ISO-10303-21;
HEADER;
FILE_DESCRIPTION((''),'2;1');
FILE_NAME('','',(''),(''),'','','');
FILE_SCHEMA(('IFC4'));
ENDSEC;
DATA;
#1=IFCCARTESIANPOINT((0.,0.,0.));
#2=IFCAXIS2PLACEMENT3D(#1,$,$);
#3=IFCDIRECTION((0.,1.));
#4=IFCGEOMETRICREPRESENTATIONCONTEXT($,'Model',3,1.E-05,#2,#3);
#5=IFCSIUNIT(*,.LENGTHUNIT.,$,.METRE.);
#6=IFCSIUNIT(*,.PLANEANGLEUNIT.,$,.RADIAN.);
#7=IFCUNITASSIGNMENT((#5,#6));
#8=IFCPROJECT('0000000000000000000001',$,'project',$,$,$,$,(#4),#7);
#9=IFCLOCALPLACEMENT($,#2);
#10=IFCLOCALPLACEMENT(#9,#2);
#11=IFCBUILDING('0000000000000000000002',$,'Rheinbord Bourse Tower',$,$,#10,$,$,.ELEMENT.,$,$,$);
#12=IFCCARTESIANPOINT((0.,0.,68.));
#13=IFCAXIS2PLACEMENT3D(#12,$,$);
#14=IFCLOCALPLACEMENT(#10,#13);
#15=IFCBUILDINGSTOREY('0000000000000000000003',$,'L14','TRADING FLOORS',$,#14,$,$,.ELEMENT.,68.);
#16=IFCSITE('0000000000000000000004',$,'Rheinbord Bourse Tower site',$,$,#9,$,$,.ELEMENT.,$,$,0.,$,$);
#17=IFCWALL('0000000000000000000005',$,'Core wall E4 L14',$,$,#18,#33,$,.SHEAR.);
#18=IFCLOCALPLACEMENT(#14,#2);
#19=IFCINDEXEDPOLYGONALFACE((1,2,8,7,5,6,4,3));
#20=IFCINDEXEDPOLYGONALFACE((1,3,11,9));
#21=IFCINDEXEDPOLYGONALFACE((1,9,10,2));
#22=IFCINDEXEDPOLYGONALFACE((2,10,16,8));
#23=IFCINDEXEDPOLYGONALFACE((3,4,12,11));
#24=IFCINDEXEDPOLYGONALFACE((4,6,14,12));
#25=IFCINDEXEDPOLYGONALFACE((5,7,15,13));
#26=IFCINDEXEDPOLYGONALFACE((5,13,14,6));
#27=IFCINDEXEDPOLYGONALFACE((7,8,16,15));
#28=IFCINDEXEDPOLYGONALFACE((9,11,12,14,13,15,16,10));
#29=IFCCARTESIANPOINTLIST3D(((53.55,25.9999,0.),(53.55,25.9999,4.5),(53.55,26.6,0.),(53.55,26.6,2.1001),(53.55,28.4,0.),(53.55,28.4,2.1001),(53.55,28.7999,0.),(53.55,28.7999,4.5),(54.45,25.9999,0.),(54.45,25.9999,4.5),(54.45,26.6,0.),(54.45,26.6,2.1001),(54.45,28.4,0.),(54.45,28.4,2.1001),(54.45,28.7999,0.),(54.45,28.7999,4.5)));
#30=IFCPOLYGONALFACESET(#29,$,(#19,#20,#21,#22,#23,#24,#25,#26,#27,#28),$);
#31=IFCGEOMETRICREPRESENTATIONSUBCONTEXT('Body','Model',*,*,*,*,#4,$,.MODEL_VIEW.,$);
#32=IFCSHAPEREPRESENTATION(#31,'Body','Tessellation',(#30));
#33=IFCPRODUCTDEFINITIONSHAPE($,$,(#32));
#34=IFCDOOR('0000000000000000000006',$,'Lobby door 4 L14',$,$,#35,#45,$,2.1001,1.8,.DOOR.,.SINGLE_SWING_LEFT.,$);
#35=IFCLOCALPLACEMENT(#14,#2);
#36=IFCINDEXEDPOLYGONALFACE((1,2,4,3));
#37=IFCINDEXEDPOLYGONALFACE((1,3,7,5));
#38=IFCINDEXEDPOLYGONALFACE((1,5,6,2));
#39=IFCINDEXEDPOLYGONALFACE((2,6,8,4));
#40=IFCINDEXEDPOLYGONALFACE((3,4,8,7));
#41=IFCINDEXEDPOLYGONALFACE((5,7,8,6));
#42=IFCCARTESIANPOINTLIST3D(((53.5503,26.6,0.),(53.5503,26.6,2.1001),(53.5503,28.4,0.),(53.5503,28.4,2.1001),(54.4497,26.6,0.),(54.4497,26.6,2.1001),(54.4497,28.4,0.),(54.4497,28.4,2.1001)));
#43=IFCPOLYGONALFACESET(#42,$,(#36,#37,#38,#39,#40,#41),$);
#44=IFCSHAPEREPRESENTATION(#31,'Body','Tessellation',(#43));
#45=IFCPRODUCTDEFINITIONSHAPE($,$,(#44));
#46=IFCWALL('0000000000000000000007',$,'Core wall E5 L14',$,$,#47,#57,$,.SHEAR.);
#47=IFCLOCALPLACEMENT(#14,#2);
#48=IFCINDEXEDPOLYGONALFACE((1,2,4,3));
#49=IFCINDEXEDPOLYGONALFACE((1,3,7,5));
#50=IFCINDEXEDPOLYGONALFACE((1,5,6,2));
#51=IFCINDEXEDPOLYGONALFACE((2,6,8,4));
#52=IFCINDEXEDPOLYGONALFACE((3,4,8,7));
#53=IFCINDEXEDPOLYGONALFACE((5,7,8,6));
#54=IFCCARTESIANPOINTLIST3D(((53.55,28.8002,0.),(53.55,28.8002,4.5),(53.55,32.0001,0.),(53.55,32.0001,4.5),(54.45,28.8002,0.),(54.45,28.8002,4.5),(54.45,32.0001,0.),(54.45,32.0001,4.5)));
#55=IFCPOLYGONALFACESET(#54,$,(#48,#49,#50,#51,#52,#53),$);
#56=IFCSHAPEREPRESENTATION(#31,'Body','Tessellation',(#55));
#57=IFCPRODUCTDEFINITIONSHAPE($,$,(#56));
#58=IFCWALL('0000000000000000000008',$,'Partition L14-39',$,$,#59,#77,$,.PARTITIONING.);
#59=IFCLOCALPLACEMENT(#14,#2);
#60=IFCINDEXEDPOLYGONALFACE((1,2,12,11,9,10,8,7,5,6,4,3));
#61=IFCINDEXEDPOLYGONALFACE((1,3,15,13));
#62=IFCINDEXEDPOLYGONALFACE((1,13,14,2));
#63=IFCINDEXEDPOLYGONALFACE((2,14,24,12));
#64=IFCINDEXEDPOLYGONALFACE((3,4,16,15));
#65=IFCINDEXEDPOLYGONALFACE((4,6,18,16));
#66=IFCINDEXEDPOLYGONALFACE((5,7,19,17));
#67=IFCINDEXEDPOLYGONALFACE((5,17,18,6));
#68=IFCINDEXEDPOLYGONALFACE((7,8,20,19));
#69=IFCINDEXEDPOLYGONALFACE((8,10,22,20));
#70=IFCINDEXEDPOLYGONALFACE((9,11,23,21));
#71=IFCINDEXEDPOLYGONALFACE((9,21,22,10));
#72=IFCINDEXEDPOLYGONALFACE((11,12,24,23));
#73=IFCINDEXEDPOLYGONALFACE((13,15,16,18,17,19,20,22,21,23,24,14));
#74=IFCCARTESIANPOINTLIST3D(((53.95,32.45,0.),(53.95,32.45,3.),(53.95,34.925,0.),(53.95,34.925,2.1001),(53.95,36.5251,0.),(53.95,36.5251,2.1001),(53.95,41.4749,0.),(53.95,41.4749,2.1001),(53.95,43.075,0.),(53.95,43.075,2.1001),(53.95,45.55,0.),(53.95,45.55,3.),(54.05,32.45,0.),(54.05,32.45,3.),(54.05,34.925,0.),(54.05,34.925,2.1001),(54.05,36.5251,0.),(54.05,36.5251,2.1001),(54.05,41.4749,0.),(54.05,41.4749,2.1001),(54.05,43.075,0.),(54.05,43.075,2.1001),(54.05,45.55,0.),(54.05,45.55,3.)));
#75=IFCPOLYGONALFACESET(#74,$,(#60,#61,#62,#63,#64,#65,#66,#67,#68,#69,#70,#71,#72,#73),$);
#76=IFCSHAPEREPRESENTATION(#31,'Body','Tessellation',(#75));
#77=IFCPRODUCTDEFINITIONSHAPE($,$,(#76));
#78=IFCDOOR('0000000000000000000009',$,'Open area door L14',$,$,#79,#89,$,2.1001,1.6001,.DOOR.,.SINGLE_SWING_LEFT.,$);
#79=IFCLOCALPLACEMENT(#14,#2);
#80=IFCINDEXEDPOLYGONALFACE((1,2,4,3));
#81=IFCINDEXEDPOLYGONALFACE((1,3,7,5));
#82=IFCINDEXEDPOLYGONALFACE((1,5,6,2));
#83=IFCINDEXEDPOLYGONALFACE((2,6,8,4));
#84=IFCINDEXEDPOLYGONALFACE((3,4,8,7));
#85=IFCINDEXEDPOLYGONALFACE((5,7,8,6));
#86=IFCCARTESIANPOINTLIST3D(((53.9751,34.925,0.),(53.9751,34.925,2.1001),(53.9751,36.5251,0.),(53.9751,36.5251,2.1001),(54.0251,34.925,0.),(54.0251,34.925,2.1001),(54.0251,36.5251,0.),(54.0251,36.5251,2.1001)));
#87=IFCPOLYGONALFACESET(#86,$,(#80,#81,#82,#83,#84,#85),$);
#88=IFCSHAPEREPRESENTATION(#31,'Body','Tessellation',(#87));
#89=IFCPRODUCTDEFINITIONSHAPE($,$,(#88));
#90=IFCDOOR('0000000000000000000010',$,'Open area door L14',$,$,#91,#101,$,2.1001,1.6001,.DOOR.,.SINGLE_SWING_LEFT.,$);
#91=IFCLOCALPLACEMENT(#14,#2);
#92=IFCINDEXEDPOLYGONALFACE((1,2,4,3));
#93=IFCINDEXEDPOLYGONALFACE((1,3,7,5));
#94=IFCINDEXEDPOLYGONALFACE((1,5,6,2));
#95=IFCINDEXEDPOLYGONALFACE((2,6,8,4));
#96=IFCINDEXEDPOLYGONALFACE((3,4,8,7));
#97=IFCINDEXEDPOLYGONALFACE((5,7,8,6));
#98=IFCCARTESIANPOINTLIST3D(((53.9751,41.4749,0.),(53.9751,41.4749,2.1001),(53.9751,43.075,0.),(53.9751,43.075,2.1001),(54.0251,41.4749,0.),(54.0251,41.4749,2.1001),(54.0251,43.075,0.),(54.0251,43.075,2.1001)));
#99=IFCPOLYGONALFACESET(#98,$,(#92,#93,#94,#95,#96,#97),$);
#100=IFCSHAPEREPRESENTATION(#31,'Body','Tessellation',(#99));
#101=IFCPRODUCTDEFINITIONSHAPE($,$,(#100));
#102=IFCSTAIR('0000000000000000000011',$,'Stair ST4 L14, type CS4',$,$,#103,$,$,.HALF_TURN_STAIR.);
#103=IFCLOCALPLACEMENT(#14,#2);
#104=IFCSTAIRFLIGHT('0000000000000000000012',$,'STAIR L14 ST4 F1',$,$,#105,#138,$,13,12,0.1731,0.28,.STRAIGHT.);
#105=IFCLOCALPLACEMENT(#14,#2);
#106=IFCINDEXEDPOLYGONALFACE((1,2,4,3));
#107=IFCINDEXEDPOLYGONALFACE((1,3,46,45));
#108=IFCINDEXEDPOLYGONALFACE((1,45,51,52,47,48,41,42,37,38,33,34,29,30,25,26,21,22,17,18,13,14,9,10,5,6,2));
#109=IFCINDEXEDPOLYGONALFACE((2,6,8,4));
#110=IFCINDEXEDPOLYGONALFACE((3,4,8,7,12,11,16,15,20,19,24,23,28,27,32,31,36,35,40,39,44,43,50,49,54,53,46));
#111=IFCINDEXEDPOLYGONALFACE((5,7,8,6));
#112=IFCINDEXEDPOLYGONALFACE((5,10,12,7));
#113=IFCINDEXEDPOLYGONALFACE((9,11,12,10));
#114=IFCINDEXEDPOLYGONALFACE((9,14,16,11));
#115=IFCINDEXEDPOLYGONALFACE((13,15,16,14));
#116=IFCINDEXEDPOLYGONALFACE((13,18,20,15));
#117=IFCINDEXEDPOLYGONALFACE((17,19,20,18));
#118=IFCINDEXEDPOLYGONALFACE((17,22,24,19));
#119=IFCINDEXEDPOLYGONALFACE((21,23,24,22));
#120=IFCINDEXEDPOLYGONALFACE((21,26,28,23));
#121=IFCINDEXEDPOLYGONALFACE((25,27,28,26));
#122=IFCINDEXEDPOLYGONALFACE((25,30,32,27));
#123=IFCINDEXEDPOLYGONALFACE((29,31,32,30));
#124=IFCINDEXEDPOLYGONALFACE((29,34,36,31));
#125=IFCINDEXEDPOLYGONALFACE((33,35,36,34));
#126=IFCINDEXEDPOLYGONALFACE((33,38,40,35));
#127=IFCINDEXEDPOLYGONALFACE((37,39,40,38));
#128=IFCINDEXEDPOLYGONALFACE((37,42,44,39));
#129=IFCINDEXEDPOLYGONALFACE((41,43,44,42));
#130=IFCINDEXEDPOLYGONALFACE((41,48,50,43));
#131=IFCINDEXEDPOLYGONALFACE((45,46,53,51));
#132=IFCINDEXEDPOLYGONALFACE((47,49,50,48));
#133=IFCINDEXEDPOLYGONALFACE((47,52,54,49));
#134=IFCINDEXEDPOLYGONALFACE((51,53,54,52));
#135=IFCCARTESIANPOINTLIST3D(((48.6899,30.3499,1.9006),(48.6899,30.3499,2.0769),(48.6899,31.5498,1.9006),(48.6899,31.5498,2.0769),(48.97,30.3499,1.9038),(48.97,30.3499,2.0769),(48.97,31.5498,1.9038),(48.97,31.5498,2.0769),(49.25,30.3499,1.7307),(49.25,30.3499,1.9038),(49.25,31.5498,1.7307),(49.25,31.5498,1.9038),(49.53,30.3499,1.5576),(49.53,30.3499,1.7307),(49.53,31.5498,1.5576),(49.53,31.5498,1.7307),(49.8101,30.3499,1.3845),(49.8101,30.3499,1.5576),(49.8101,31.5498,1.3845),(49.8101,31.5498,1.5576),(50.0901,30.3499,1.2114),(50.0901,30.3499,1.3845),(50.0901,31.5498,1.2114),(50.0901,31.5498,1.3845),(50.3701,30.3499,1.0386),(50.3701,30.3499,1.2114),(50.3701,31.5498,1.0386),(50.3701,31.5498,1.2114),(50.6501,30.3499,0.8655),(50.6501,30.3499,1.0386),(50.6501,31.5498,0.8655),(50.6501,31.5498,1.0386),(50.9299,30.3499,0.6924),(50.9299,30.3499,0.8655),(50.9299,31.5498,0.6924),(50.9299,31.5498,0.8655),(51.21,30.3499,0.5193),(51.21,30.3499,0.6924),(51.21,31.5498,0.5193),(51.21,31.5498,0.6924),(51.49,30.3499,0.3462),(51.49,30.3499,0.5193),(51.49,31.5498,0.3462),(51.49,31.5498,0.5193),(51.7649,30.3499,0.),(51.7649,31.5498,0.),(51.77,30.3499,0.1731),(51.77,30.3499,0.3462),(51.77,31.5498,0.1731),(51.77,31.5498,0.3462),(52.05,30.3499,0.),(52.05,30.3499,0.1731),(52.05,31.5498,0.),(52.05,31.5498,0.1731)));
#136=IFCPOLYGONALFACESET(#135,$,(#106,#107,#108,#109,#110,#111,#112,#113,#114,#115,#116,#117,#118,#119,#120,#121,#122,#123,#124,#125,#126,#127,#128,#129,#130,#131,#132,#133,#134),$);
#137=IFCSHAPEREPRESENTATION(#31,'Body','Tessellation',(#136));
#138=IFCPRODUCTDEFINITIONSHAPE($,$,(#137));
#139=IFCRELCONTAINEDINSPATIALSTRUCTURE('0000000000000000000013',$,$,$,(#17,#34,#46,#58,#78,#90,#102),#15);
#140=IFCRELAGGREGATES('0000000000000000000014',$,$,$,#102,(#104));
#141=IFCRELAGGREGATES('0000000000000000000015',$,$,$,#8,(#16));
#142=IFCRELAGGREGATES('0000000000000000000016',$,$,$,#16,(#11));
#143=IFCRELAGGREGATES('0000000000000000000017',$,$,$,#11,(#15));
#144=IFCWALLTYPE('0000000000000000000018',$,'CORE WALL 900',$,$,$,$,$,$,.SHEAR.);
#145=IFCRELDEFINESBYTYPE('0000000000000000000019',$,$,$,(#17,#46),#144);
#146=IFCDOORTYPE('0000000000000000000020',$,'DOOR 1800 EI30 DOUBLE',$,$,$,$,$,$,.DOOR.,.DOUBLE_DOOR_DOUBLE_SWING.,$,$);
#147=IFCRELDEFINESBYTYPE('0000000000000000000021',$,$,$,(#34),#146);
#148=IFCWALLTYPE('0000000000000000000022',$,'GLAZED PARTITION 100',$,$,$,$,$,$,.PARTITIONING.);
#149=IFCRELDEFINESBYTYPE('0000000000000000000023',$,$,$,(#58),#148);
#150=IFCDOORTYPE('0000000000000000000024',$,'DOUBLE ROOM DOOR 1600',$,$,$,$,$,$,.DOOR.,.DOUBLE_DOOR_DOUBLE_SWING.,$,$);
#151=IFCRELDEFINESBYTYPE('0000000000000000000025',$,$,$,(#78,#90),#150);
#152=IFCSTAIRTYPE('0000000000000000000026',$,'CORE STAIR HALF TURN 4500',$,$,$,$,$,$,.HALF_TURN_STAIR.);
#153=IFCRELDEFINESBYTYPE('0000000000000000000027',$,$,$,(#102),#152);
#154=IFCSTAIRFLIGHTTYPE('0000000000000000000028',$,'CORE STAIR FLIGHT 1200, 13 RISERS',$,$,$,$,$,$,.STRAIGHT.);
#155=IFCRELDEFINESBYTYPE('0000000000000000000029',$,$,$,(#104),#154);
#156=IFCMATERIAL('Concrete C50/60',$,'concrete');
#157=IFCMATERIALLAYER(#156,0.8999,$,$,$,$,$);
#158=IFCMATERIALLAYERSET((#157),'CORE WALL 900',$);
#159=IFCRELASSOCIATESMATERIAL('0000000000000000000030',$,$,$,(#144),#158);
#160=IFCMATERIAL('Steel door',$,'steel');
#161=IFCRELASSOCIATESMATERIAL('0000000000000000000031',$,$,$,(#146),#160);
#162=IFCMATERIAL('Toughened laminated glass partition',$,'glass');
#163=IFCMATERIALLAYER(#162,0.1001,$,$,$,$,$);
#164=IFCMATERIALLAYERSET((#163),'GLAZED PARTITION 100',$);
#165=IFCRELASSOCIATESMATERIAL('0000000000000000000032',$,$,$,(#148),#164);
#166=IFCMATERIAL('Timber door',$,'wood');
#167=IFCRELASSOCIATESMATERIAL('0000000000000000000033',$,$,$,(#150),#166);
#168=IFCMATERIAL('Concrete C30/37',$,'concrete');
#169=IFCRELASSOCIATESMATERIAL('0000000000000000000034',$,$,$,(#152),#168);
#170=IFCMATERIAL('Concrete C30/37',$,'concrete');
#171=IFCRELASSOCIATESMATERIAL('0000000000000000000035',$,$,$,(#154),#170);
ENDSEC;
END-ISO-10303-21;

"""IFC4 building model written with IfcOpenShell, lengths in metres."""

from ifc_helpers import new_model, si_unit, direction, frame, frame_2d, origin, place, context, subcontext, project, spatial, polyline, rectangle, outline, extrude, material, layer, layer_set, type_object, element, fill, aggregate, save


model = new_model("IFC4")

# Units and contexts
model_context = context("Model", 3, precision=1e-05, world=origin(), true_north=direction((0.0, 1.0)))
body_context = subcontext(model_context, "Body", "Model", "MODEL_VIEW")
ifc_project = project(units=[si_unit("LENGTHUNIT", "METRE"), si_unit("PLANEANGLEUNIT", "RADIAN")], contexts=[model_context])

# Site, building, storey
site_placement = place(None, origin())
site = spatial("IfcSite", under=ifc_project, at=site_placement, Name="Rheinbord Bourse Tower site", CompositionType="ELEMENT", RefElevation=0.0)
building_placement = place(site_placement, origin())
building = spatial("IfcBuilding", under=site, at=building_placement, Name="Rheinbord Bourse Tower", CompositionType="ELEMENT")
storey_placement = place(building_placement, frame((0.0, 0.0, 68.0)))
storey = spatial("IfcBuildingStorey", under=building, at=storey_placement, Name="L14", Description="TRADING FLOORS", CompositionType="ELEMENT", Elevation=68.0)

# Shared definitions
ifc_material_1 = material(Name="Concrete C50/60", Category="concrete")
ifc_layer_1 = layer(ifc_material_1, 0.8999)
ifc_layer_set_1 = layer_set([ifc_layer_1], Name="CORE WALL 900")
wall_type_1 = type_object("IfcWallType", Name="CORE WALL 900", PredefinedType="SHEAR", material=ifc_layer_set_1)

# Wall, opening, door
wall_1_placement = place(storey_placement, frame((54.0, 26.0, 0.0), z_axis=(0.0, 0.0, 1.0), x_axis=(0.0, 1.0, 0.0)))
wall_1 = element("IfcWall", 1, at=wall_1_placement, inside=storey, type_object=wall_type_1, Name="Core wall E4 L14", PredefinedType="SHEAR", context=body_context, shape_type="SweptSolid", body=[
    extrude(rectangle(XDim=2.8, YDim=0.8999, at=frame_2d((1.3999, 0.0))), origin(), (0.0, 0.0, 1.0), 4.5),
])
opening_1_placement = place(wall_1_placement, frame((0.6001, 0.0, 0.0)))
opening_1 = element("IfcOpeningElement", 2, at=opening_1_placement, cuts=wall_1, PredefinedType="OPENING", context=body_context, shape_type="SweptSolid", body=[
    extrude(rectangle(XDim=1.8, YDim=2.1001, at=frame_2d((0.8999, 1.05))), frame((0.0, 0.46, 0.0), z_axis=(0.0, -1.0, 0.0), x_axis=(1.0, 0.0, 0.0)), (0.0, 0.0, 1.0), 0.9199),
])
ifc_material_2 = material(Name="Steel door", Category="steel")
door_type_1 = type_object("IfcDoorType", Name="DOOR 1800 EI30 DOUBLE", OperationType="DOUBLE_DOOR_DOUBLE_SWING", PredefinedType="DOOR", material=ifc_material_2)
door_1_placement = place(opening_1_placement, origin())
door_1 = element("IfcDoor", 3, at=door_1_placement, inside=storey, type_object=door_type_1, Name="Lobby door 4 L14", OperationType="SINGLE_SWING_LEFT", OverallHeight=2.1001, OverallWidth=1.8, PredefinedType="DOOR", context=body_context, shape_type="SweptSolid", body=[
    extrude(rectangle(XDim=1.8, YDim=2.1001, at=frame_2d((0.8999, 1.05))), frame((0.0, 0.4497, 0.0), z_axis=(0.0, -1.0, 0.0), x_axis=(1.0, 0.0, 0.0)), (0.0, 0.0, 1.0), 0.8994),
])
fill(opening_1, door_1)

# Wall
wall_2_placement = place(storey_placement, frame((54.0, 28.8, 0.0), z_axis=(0.0, 0.0, 1.0), x_axis=(0.0, 1.0, 0.0)))
element("IfcWall", 4, at=wall_2_placement, inside=storey, type_object=wall_type_1, Name="Core wall E5 L14", PredefinedType="SHEAR", context=body_context, shape_type="SweptSolid", body=[
    extrude(rectangle(XDim=3.2, YDim=0.8999, at=frame_2d((1.6001, 0.0))), origin(), (0.0, 0.0, 1.0), 4.5),
])

# Wall, openings, doors
ifc_material_3 = material(Name="Toughened laminated glass partition", Category="glass")
ifc_layer_2 = layer(ifc_material_3, 0.1001)
ifc_layer_set_2 = layer_set([ifc_layer_2], Name="GLAZED PARTITION 100")
wall_type_2 = type_object("IfcWallType", Name="GLAZED PARTITION 100", PredefinedType="PARTITIONING", material=ifc_layer_set_2)
wall_3_placement = place(storey_placement, frame((54.0, 32.45, 0.0), z_axis=(0.0, 0.0, 1.0), x_axis=(0.0, 1.0, 0.0)))
wall_3 = element("IfcWall", 5, at=wall_3_placement, inside=storey, type_object=wall_type_2, Name="Partition L14-39", PredefinedType="PARTITIONING", context=body_context, shape_type="SweptSolid", body=[
    extrude(rectangle(XDim=13.1001, YDim=0.1001, at=frame_2d((6.55, 0.0))), origin(), (0.0, 0.0, 1.0), 3.0),
])
opening_2_placement = place(wall_3_placement, frame((2.4751, 0.0, 0.0)))
opening_2 = element("IfcOpeningElement", 6, at=opening_2_placement, cuts=wall_3, PredefinedType="OPENING", context=body_context, shape_type="SweptSolid", body=[
    extrude(rectangle(XDim=1.6001, YDim=2.1001, at=frame_2d((0.8, 1.05))), frame((0.0, 0.0601, 0.0), z_axis=(0.0, -1.0, 0.0), x_axis=(1.0, 0.0, 0.0)), (0.0, 0.0, 1.0), 0.1201),
])
opening_3_placement = place(wall_3_placement, frame((9.0249, 0.0, 0.0)))
opening_3 = element("IfcOpeningElement", 7, at=opening_3_placement, cuts=wall_3, PredefinedType="OPENING", context=body_context, shape_type="SweptSolid", body=[
    extrude(rectangle(XDim=1.6001, YDim=2.1001, at=frame_2d((0.8, 1.05))), frame((0.0, 0.0601, 0.0), z_axis=(0.0, -1.0, 0.0), x_axis=(1.0, 0.0, 0.0)), (0.0, 0.0, 1.0), 0.1201),
])
ifc_material_4 = material(Name="Timber door", Category="wood")
door_type_2 = type_object("IfcDoorType", Name="DOUBLE ROOM DOOR 1600", OperationType="DOUBLE_DOOR_DOUBLE_SWING", PredefinedType="DOOR", material=ifc_material_4)
door_2_placement = place(opening_2_placement, origin())
door_2 = element("IfcDoor", 8, at=door_2_placement, inside=storey, type_object=door_type_2, Name="Open area door L14", OperationType="SINGLE_SWING_LEFT", OverallHeight=2.1001, OverallWidth=1.6001, PredefinedType="DOOR", context=body_context, shape_type="SweptSolid", body=[
    extrude(rectangle(XDim=1.6001, YDim=2.1001, at=frame_2d((0.8, 1.05))), frame((0.0, 0.0249, 0.0), z_axis=(0.0, -1.0, 0.0), x_axis=(1.0, 0.0, 0.0)), (0.0, 0.0, 1.0), 0.05),
])
fill(opening_2, door_2)
door_3_placement = place(opening_3_placement, origin())
door_3 = element("IfcDoor", 9, at=door_3_placement, inside=storey, type_object=door_type_2, Name="Open area door L14", OperationType="SINGLE_SWING_LEFT", OverallHeight=2.1001, OverallWidth=1.6001, PredefinedType="DOOR", context=body_context, shape_type="SweptSolid", body=[
    extrude(rectangle(XDim=1.6001, YDim=2.1001, at=frame_2d((0.8, 1.05))), frame((0.0, 0.0249, 0.0), z_axis=(0.0, -1.0, 0.0), x_axis=(1.0, 0.0, 0.0)), (0.0, 0.0, 1.0), 0.05),
])
fill(opening_3, door_3)

# Stair, stair flight
ifc_material_5 = material(Name="Concrete C30/37", Category="concrete")
stair_type = type_object("IfcStairType", Name="CORE STAIR HALF TURN 4500", PredefinedType="HALF_TURN_STAIR", material=ifc_material_5)
stair_placement = place(storey_placement, origin())
stair = element("IfcStair", 10, at=stair_placement, inside=storey, type_object=stair_type, Name="Stair ST4 L14, type CS4", PredefinedType="HALF_TURN_STAIR")
ifc_material_6 = material(Name="Concrete C30/37", Category="concrete")
stair_flight_type = type_object("IfcStairFlightType", Name="CORE STAIR FLIGHT 1200, 13 RISERS", PredefinedType="STRAIGHT", material=ifc_material_6)
stair_flight_1_placement = place(storey_placement, frame((52.05, 30.95, 0.0), z_axis=(0.0, 0.0, 1.0), x_axis=(-1.0, 0.0, 0.0)))
stair_flight_1 = element("IfcStairFlight", 11, at=stair_flight_1_placement, type_object=stair_flight_type, Name="STAIR L14 ST4 F1", NumberOfRisers=13, NumberOfTreads=12, PredefinedType="STRAIGHT", RiserHeight=0.1731, TreadLength=0.28, context=body_context, shape_type="SweptSolid", body=[
    extrude(outline(polyline([(0.0, 0.0), (0.0, 0.1731), (0.28, 0.1731), (0.28, 0.3462), (0.5601, 0.3462), (0.5601, 0.5193), (0.8401, 0.5193), (0.8401, 0.6924), (1.1201, 0.6924), (1.1201, 0.8655), (1.3999, 0.8655), (1.3999, 1.0386), (1.6799, 1.0386), (1.6799, 1.2114), (1.96, 1.2114), (1.96, 1.3845), (2.24, 1.3845), (2.24, 1.5576), (2.52, 1.5576), (2.52, 1.7307), (2.8, 1.7307), (2.8, 1.9038), (3.0801, 1.9038), (3.0801, 2.0769), (3.3601, 2.0769), (3.3601, 2.25), (3.3601, 1.9006), (0.2852, 0.0), (0.0, 0.0)])), frame((0.0, 0.6001, 0.0), z_axis=(0.0, -1.0, 0.0), x_axis=(1.0, 0.0, 0.0)), (0.0, 0.0, 1.0), 1.2),
])
aggregate(stair, [stair_flight_1])

save(model, "model.ifc")
